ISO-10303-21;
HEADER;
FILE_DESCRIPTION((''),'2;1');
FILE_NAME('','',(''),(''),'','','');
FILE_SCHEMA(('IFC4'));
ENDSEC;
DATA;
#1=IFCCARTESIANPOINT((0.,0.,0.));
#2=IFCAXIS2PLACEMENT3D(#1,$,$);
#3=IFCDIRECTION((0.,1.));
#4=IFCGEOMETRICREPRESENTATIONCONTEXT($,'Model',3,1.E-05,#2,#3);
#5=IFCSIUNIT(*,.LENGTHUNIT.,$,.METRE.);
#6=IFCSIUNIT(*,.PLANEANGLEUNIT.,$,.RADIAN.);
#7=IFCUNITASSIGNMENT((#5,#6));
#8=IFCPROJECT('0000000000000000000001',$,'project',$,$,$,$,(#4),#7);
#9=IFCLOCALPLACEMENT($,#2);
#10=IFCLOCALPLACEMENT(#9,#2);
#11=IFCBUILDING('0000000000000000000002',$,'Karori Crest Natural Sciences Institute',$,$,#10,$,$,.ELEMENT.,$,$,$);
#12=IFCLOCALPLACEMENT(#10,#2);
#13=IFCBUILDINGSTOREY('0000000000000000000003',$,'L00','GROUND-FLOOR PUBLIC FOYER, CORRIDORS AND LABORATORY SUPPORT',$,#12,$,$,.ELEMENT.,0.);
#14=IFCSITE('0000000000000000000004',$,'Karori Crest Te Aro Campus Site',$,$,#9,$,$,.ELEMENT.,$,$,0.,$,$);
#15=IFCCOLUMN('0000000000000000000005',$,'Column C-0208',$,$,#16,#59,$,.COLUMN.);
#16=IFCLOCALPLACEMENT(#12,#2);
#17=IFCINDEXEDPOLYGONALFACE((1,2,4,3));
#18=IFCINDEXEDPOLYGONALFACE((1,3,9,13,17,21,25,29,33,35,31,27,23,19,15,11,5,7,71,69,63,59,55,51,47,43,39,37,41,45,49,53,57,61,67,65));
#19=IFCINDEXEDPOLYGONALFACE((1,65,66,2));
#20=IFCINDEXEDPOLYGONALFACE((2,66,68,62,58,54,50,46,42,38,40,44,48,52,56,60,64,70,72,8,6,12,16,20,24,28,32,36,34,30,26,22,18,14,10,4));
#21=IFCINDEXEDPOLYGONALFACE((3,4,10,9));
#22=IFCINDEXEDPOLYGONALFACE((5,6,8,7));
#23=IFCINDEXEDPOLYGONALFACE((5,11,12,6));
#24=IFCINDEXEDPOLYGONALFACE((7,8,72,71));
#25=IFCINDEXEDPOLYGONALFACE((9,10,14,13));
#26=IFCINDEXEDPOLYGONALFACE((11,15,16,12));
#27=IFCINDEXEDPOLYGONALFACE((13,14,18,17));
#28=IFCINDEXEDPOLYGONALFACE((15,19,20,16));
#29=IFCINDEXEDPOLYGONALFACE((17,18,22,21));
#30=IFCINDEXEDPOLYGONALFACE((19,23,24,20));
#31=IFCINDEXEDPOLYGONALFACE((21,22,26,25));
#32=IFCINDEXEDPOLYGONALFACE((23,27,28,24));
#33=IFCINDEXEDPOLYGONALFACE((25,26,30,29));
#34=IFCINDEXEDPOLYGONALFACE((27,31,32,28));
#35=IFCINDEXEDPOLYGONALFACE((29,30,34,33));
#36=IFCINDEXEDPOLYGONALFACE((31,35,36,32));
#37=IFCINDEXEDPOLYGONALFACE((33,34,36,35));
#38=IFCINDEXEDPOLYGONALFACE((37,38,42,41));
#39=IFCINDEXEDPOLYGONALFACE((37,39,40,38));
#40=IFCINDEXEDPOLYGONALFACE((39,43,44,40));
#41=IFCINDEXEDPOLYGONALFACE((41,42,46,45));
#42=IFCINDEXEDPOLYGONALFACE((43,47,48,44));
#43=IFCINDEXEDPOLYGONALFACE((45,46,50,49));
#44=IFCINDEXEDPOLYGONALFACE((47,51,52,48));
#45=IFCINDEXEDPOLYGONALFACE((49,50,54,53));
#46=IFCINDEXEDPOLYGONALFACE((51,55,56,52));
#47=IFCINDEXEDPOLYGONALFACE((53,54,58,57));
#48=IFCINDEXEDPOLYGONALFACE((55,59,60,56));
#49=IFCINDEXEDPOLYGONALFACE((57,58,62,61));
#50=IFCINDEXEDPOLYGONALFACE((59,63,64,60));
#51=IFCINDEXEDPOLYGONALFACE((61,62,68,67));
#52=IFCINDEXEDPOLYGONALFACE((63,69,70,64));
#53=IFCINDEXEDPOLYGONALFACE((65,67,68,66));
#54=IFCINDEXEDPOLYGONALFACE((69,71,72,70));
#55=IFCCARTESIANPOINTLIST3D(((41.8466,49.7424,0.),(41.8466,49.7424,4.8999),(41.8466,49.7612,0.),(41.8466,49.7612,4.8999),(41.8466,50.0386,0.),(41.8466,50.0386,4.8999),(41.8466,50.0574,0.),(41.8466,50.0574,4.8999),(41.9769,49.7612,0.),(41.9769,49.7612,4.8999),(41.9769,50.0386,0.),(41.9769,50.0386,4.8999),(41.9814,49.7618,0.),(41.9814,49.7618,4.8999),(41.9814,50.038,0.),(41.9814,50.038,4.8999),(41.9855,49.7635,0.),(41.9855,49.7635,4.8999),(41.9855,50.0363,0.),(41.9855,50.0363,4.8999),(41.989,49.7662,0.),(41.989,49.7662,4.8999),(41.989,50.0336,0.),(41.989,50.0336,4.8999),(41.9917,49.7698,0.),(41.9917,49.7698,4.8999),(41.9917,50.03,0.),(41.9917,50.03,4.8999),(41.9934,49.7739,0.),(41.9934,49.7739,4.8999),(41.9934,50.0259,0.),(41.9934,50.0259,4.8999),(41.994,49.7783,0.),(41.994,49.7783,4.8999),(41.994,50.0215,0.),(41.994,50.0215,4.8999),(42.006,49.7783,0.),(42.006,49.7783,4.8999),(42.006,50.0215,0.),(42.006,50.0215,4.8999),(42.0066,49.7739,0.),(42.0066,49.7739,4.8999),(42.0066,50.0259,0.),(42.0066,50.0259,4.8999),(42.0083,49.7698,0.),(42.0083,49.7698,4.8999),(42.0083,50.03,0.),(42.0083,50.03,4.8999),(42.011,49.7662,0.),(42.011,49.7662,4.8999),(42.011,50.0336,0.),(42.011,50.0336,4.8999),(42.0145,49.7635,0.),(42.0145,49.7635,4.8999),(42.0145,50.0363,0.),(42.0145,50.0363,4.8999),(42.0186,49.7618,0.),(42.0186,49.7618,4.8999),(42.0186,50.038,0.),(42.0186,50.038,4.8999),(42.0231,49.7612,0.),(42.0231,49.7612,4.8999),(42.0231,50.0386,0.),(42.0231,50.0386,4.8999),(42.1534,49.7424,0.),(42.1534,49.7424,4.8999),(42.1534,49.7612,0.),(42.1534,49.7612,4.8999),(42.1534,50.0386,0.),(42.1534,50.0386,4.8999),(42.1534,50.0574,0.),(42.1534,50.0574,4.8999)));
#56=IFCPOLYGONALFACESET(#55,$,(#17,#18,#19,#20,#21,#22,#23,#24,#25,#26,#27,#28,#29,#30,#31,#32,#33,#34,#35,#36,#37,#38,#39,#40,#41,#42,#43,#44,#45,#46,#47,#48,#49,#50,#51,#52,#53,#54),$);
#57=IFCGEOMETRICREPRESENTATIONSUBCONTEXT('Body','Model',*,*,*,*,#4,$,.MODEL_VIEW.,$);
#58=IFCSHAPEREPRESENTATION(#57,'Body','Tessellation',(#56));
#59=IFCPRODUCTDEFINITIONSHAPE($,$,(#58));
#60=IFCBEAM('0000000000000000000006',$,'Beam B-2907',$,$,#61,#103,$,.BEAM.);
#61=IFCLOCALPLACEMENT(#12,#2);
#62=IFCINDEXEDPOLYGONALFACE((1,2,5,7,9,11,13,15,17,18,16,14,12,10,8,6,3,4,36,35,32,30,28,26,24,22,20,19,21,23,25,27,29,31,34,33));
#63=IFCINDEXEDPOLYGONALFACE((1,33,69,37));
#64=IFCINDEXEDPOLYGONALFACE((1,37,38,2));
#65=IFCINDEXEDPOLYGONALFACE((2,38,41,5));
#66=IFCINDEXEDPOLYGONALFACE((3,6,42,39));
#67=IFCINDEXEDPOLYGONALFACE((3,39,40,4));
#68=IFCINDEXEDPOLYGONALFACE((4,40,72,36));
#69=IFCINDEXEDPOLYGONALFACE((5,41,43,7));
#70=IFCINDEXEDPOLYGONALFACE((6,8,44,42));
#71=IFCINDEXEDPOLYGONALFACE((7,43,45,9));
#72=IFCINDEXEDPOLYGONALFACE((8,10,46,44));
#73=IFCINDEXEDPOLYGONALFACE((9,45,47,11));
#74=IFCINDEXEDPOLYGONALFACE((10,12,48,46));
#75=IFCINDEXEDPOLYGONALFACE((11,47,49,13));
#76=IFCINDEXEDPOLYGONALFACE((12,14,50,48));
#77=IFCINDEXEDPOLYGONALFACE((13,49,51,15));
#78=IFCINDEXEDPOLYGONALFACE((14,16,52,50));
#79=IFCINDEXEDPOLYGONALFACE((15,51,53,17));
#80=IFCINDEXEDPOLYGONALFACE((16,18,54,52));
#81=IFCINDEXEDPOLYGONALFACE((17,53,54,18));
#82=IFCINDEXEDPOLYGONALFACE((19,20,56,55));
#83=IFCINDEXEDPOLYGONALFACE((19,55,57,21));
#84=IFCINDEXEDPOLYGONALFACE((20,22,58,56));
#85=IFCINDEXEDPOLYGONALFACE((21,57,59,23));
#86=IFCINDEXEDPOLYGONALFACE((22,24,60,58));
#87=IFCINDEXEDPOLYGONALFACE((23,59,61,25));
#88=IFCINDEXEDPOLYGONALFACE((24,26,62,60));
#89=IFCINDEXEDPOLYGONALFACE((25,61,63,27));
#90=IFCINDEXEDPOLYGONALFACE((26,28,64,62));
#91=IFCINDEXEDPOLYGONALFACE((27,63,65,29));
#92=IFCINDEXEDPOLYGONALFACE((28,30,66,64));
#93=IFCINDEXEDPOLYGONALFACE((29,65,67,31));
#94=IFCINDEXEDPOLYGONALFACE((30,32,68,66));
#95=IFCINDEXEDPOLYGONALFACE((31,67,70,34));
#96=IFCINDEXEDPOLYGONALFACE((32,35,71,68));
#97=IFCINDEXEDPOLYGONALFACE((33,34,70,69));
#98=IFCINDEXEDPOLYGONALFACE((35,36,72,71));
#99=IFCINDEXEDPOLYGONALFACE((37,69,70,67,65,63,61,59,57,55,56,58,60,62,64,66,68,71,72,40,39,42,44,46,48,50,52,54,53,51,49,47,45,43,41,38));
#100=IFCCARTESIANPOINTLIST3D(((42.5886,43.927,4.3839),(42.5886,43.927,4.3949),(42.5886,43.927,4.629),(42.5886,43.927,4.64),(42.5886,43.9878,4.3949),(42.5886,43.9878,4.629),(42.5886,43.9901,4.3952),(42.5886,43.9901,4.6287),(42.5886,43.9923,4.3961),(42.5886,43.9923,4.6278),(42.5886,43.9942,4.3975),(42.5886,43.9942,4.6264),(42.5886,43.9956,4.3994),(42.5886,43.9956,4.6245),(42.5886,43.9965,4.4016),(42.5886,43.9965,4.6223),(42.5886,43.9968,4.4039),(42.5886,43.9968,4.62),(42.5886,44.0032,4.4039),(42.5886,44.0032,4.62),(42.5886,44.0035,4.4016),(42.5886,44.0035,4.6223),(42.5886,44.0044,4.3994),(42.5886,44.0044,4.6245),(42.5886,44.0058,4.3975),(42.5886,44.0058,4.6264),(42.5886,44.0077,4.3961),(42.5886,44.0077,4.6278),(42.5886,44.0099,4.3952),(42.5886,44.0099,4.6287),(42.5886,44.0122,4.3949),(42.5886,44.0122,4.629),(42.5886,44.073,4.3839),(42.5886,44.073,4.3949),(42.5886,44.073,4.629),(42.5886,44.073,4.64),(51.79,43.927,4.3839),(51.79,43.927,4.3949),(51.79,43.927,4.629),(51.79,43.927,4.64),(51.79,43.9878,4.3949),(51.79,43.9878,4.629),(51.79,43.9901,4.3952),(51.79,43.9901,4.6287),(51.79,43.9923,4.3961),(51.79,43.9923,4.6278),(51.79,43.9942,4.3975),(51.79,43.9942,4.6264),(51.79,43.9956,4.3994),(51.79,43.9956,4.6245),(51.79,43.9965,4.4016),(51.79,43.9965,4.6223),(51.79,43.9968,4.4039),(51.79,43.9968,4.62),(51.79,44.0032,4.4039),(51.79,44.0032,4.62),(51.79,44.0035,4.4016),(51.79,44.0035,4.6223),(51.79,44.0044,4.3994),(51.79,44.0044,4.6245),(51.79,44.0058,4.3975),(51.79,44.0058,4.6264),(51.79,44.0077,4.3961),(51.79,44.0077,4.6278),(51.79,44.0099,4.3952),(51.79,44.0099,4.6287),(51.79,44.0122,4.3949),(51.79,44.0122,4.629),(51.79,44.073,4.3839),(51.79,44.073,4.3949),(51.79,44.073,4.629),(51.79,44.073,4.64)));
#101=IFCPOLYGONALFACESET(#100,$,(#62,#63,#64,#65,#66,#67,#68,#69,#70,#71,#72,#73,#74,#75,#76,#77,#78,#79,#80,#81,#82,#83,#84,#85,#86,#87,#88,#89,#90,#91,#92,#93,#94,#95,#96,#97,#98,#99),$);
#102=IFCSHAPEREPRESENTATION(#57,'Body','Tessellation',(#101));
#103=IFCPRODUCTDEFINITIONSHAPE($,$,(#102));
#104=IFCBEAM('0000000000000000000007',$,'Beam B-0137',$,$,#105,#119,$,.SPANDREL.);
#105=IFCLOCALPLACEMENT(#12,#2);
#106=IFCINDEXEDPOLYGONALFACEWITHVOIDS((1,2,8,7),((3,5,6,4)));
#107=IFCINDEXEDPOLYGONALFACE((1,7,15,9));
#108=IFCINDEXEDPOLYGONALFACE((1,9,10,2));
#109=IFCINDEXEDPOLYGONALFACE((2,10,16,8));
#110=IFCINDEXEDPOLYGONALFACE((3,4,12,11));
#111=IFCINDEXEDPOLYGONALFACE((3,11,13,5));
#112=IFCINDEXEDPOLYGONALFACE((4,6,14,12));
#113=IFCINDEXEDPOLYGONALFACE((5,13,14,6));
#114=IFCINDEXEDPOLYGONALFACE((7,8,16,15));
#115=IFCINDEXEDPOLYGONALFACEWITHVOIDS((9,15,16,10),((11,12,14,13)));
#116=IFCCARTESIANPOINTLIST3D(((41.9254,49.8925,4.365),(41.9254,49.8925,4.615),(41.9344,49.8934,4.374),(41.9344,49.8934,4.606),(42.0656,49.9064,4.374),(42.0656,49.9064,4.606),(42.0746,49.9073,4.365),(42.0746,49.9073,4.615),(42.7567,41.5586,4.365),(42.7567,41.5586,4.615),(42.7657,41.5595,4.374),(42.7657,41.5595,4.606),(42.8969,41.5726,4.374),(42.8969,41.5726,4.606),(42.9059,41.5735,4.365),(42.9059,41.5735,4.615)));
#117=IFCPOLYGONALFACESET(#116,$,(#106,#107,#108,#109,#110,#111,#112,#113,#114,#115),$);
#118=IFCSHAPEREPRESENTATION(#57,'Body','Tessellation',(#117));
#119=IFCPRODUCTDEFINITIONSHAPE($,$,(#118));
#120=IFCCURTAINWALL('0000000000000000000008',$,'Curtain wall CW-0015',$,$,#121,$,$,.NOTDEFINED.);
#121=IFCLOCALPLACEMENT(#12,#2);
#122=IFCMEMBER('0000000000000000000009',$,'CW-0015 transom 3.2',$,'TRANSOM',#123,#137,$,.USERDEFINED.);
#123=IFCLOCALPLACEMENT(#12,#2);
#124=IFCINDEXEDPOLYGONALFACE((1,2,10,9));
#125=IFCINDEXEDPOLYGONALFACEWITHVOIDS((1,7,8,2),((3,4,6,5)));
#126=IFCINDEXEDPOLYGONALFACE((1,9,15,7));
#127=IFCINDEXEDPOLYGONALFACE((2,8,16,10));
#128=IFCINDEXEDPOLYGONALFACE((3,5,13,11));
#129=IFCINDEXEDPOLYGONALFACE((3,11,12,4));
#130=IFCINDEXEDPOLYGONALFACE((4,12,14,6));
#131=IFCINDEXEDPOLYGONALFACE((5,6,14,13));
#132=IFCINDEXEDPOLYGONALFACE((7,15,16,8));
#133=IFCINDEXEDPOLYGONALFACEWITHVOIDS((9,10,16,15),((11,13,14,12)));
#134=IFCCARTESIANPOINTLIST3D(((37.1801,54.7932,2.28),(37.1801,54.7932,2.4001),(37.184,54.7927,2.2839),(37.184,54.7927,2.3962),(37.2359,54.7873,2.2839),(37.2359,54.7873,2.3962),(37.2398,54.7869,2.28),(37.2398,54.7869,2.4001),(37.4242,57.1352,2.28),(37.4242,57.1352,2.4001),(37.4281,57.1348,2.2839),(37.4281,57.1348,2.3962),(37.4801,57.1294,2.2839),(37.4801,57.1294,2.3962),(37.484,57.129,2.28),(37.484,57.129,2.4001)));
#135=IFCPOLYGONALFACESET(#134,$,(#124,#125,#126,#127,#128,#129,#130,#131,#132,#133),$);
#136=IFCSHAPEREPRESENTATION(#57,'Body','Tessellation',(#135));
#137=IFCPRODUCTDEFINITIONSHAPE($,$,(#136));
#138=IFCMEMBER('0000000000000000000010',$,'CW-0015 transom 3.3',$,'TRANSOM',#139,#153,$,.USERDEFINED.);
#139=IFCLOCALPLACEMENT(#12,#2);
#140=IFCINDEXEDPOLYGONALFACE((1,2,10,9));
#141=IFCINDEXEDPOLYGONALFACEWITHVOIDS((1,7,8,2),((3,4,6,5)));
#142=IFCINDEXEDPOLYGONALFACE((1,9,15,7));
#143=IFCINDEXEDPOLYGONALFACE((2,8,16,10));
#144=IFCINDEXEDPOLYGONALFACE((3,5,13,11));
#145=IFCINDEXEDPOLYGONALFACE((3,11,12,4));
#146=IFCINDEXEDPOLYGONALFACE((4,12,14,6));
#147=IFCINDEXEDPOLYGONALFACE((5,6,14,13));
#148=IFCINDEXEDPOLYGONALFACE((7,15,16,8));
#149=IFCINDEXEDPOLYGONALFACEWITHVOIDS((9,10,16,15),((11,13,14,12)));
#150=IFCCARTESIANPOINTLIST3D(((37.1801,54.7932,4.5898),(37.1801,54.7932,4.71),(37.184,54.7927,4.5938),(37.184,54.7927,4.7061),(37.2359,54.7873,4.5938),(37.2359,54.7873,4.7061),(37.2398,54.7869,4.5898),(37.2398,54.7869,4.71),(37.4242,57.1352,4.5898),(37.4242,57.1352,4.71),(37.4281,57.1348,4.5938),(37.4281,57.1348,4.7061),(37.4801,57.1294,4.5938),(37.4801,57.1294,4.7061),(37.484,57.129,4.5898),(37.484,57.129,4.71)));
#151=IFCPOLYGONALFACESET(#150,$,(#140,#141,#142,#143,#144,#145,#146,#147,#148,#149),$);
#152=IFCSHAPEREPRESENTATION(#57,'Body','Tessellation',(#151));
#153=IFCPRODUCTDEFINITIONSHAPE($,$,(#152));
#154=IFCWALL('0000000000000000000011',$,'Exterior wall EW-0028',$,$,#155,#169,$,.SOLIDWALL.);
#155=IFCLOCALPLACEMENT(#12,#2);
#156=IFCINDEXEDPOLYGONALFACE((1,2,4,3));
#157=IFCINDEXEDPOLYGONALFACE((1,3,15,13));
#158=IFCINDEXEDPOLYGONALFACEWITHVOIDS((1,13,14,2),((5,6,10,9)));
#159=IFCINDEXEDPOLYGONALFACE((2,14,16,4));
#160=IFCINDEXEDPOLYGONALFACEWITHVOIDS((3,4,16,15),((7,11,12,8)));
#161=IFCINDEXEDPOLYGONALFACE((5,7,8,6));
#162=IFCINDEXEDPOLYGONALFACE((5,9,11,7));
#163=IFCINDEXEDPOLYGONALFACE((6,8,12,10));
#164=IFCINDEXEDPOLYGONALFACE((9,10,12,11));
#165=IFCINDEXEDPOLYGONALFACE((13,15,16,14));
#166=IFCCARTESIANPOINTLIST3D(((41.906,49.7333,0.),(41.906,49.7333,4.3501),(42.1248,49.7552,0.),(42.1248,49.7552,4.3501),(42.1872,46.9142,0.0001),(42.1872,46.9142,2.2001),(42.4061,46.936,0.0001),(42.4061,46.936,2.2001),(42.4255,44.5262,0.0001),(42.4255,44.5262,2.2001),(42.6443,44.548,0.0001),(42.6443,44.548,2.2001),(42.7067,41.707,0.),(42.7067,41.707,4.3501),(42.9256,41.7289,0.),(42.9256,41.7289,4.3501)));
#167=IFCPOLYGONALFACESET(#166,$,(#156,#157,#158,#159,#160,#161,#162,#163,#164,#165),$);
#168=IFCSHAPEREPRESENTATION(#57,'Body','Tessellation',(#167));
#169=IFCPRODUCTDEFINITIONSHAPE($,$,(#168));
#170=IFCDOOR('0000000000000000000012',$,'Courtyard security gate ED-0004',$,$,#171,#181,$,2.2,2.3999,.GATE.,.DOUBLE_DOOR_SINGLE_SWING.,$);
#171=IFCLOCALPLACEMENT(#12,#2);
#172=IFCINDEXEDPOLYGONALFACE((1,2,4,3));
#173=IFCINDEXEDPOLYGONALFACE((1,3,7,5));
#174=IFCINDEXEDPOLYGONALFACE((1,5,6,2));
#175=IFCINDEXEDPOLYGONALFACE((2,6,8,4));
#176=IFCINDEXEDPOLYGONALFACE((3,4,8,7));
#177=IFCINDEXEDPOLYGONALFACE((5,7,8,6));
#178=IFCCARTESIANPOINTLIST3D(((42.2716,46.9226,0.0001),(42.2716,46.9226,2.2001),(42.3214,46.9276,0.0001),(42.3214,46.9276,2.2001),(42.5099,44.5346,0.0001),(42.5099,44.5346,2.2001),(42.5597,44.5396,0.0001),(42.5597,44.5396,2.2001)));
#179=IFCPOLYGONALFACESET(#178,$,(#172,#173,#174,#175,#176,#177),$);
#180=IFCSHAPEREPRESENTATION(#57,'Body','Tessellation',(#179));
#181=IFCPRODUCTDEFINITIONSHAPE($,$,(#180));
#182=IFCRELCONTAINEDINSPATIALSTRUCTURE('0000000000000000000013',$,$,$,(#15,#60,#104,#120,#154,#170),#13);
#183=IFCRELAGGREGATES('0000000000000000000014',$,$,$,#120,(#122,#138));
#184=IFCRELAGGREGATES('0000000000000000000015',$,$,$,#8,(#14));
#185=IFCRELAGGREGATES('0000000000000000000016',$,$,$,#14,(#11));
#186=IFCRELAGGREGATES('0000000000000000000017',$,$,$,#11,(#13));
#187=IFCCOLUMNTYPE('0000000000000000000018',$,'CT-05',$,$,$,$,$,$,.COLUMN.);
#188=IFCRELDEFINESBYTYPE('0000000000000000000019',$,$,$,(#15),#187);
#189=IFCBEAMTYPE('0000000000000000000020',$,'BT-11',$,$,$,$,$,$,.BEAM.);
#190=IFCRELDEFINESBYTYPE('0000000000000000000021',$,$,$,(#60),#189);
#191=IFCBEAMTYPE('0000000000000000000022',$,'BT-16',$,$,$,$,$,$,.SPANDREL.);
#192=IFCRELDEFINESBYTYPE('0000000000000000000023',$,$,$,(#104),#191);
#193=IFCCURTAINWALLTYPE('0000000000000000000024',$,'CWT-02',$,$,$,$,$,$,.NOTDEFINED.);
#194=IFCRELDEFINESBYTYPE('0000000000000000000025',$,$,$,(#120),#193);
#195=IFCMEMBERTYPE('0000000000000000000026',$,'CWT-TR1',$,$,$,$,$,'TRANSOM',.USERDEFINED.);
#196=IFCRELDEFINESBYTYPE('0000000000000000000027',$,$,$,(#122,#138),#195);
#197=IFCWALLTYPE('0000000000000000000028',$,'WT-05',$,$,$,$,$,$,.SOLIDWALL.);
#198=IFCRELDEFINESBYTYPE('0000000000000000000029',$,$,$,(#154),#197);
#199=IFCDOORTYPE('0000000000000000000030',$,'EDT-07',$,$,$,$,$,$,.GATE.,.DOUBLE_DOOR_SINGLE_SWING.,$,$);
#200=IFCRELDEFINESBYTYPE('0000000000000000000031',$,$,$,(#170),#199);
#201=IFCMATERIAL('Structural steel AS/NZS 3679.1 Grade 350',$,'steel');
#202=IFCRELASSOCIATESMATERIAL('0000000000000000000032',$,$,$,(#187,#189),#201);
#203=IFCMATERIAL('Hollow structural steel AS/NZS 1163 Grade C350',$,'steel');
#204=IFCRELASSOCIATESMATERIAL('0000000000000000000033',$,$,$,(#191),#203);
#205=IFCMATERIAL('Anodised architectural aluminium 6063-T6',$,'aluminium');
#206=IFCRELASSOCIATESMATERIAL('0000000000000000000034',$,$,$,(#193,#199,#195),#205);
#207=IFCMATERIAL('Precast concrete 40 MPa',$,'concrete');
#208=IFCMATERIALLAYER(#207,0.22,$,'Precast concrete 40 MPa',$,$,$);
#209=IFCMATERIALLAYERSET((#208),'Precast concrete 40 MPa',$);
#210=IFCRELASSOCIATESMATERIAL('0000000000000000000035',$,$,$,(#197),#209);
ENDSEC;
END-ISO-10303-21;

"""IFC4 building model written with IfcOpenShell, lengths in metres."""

from ifc_helpers import new_model, si_unit, direction, frame, frame_2d, origin, origin_2d, place, context, subcontext, project, spatial, rectangle, hollow_rectangle, i_section, extrude, material, layer, layer_set, material_profile, profile_set, type_object, element, fill, aggregate, save


model = new_model("IFC4")

# Units and contexts
model_context = context("Model", 3, precision=1e-05, world=origin(), true_north=direction((0.0, 1.0)))
body_context = subcontext(model_context, "Body", "Model", "MODEL_VIEW")
ifc_project = project(units=[si_unit("LENGTHUNIT", "METRE"), si_unit("PLANEANGLEUNIT", "RADIAN")], contexts=[model_context])

# Site, building, storey
site_placement = place(None, origin())
site = spatial("IfcSite", under=ifc_project, at=site_placement, Name="Karori Crest Te Aro Campus Site", CompositionType="ELEMENT", RefElevation=0.0)
building_placement = place(site_placement, origin())
building = spatial("IfcBuilding", under=site, at=building_placement, Name="Karori Crest Natural Sciences Institute", CompositionType="ELEMENT")
storey_placement = place(building_placement, origin())
storey = spatial("IfcBuildingStorey", under=building, at=storey_placement, Name="L00", Description="GROUND-FLOOR PUBLIC FOYER, CORRIDORS AND LABORATORY SUPPORT", CompositionType="ELEMENT", Elevation=0.0)

# Column
ifc_material_1 = material(Name="Structural steel AS/NZS 3679.1 Grade 350", Category="steel")
ifc_material_profile_1 = material_profile(ifc_material_1, i_section(OverallWidth=0.3069, OverallDepth=0.3149, WebThickness=0.012, FlangeThickness=0.0188, FilletRadius=0.0171, at=origin_2d()), Name="310UC118")
ifc_profile_set_1 = profile_set([ifc_material_profile_1], Name="Structural steel AS/NZS 3679.1 Grade 350")
column_type = type_object("IfcColumnType", Name="CT-05", PredefinedType="COLUMN", material=ifc_profile_set_1)
column_placement = place(storey_placement, frame((42.0, 49.8999, 0.0), z_axis=(0.0, 0.0, 1.0), x_axis=(1.0, 0.0, 0.0)))
element("IfcColumn", 1, at=column_placement, inside=storey, type_object=column_type, Name="Column C-0208", PredefinedType="COLUMN", context=body_context, shape_type="SweptSolid", body=[
    extrude(i_section(OverallWidth=0.3069, OverallDepth=0.3149, WebThickness=0.012, FlangeThickness=0.0188, FilletRadius=0.0171, at=origin_2d()), origin(), (0.0, 0.0, 1.0), 4.8999),
])

# Beams
ifc_material_profile_2 = material_profile(ifc_material_1, i_section(OverallWidth=0.146, OverallDepth=0.2561, WebThickness=0.0063, FlangeThickness=0.011, FilletRadius=0.009, at=origin_2d()), Name="250UB37.3")
ifc_profile_set_2 = profile_set([ifc_material_profile_2], Name="Structural steel AS/NZS 3679.1 Grade 350")
beam_type_1 = type_object("IfcBeamType", Name="BT-11", PredefinedType="BEAM", material=ifc_profile_set_2)
beam_1_placement = place(storey_placement, frame((42.5886, 44.0, 4.512), z_axis=(1.0, 0.0, 0.0), x_axis=(0.0, 1.0, 0.0)))
element("IfcBeam", 2, at=beam_1_placement, inside=storey, type_object=beam_type_1, Name="Beam B-2907", PredefinedType="BEAM", context=body_context, shape_type="SweptSolid", body=[
    extrude(i_section(OverallWidth=0.146, OverallDepth=0.2561, WebThickness=0.0063, FlangeThickness=0.011, FilletRadius=0.009, at=origin_2d()), origin(), (0.0, 0.0, 1.0), 9.2014),
])
ifc_material_2 = material(Name="Hollow structural steel AS/NZS 1163 Grade C350", Category="steel")
ifc_material_profile_3 = material_profile(ifc_material_2, hollow_rectangle(XDim=0.1499, YDim=0.25, WallThickness=0.009, at=origin_2d()), Name="RHS250x150x9")
ifc_profile_set_3 = profile_set([ifc_material_profile_3], Name="Hollow structural steel AS/NZS 1163 Grade C350")
beam_type_2 = type_object("IfcBeamType", Name="BT-16", PredefinedType="SPANDREL", material=ifc_profile_set_3)
beam_2_placement = place(storey_placement, frame((42.0, 49.8999, 4.49), z_axis=(0.099256, -0.995062, 0.0), x_axis=(0.995062, 0.099256, 0.0)))
element("IfcBeam", 3, at=beam_2_placement, inside=storey, type_object=beam_type_2, Name="Beam B-0137", PredefinedType="SPANDREL", context=body_context, shape_type="SweptSolid", body=[
    extrude(hollow_rectangle(XDim=0.1499, YDim=0.25, WallThickness=0.009, at=origin_2d()), origin(), (0.0, 0.0, 1.0), 8.3752),
])

# Curtain wall, members
ifc_material_3 = material(Name="Anodised architectural aluminium 6063-T6", Category="aluminium")
curtain_wall_type = type_object("IfcCurtainWallType", Name="CWT-02", PredefinedType="NOTDEFINED", material=ifc_material_3)
curtain_wall_placement = place(storey_placement, origin())
curtain_wall = element("IfcCurtainWall", 4, at=curtain_wall_placement, inside=storey, type_object=curtain_wall_type, Name="Curtain wall CW-0015", PredefinedType="NOTDEFINED")
ifc_material_profile_4 = material_profile(ifc_material_3, hollow_rectangle(XDim=0.0601, YDim=0.1201, WallThickness=0.0039, at=origin_2d()), Name="CWT120x60x4")
ifc_profile_set_4 = profile_set([ifc_material_profile_4], Name="Anodised architectural aluminium 6063-T6")
member_type = type_object("IfcMemberType", Name="CWT-TR1", ElementType="TRANSOM", PredefinedType="USERDEFINED", material=ifc_profile_set_4)
member_1_placement = place(storey_placement, frame((37.21, 54.79, 2.3401), z_axis=(0.103681, 0.994611, 0.0), x_axis=(-0.994611, 0.103681, 0.0)))
member_1 = element("IfcMember", 5, at=member_1_placement, type_object=member_type, Name="CW-0015 transom 3.2", ObjectType="TRANSOM", PredefinedType="USERDEFINED", context=body_context, shape_type="SweptSolid", body=[
    extrude(hollow_rectangle(XDim=0.0601, YDim=0.1201, WallThickness=0.0039, at=origin_2d()), origin(), (0.0, 0.0, 1.0), 2.3547),
])
member_2_placement = place(storey_placement, frame((37.21, 54.79, 4.6499), z_axis=(0.103681, 0.994611, 0.0), x_axis=(-0.994611, 0.103681, 0.0)))
member_2 = element("IfcMember", 6, at=member_2_placement, type_object=member_type, Name="CW-0015 transom 3.3", ObjectType="TRANSOM", PredefinedType="USERDEFINED", context=body_context, shape_type="SweptSolid", body=[
    extrude(hollow_rectangle(XDim=0.0601, YDim=0.1201, WallThickness=0.0039, at=origin_2d()), origin(), (0.0, 0.0, 1.0), 2.3547),
])
aggregate(curtain_wall, [member_1, member_2])

# Wall, opening, door
ifc_material_4 = material(Name="Precast concrete 40 MPa", Category="concrete")
ifc_layer_1 = layer(ifc_material_4, 0.22, Name="Precast concrete 40 MPa")
ifc_layer_set_1 = layer_set([ifc_layer_1], Name="Precast concrete 40 MPa")
wall_type_1 = type_object("IfcWallType", Name="WT-05", PredefinedType="SOLIDWALL", material=ifc_layer_set_1)
wall_1_placement = place(storey_placement, frame((42.0154, 49.7444, 0.0), z_axis=(0.0, 0.0, 1.0), x_axis=(0.099276, -0.99506, 0.0)))
wall_1 = element("IfcWall", 7, at=wall_1_placement, inside=storey, type_object=wall_type_1, Name="Exterior wall EW-0028", PredefinedType="SOLIDWALL", context=body_context, shape_type="SweptSolid", body=[
    extrude(rectangle(XDim=8.0662, YDim=0.22, at=frame_2d((4.0332, 0.0))), origin(), (0.0, 0.0, 1.0), 4.3501),
])
opening_1_placement = place(wall_1_placement, frame((2.8333, 0.0, 0.0)))
opening_1 = element("IfcOpeningElement", 8, at=opening_1_placement, cuts=wall_1, PredefinedType="OPENING", context=body_context, shape_type="SweptSolid", body=[
    extrude(rectangle(XDim=2.3999, YDim=2.2, at=frame_2d((1.2, 1.1001))), frame((0.0, 0.1201, 0.0), z_axis=(0.0, -1.0, 0.0), x_axis=(1.0, 0.0, 0.0)), (0.0, 0.0, 1.0), 0.24),
])
door_type_1 = type_object("IfcDoorType", Name="EDT-07", OperationType="DOUBLE_DOOR_SINGLE_SWING", PredefinedType="GATE", material=ifc_material_3)
door_1_placement = place(opening_1_placement, origin())
door_1 = element("IfcDoor", 9, at=door_1_placement, inside=storey, type_object=door_type_1, Name="Courtyard security gate ED-0004", OperationType="DOUBLE_DOOR_SINGLE_SWING", OverallHeight=2.2, OverallWidth=2.3999, PredefinedType="GATE", context=body_context, shape_type="SweptSolid", body=[
    extrude(rectangle(XDim=2.3999, YDim=2.2, at=frame_2d((1.2, 1.1001))), frame((0.0, 0.0249, 0.0), z_axis=(0.0, -1.0, 0.0), x_axis=(1.0, 0.0, 0.0)), (0.0, 0.0, 1.0), 0.05),
])
fill(opening_1, door_1)

save(model, "model.ifc")
